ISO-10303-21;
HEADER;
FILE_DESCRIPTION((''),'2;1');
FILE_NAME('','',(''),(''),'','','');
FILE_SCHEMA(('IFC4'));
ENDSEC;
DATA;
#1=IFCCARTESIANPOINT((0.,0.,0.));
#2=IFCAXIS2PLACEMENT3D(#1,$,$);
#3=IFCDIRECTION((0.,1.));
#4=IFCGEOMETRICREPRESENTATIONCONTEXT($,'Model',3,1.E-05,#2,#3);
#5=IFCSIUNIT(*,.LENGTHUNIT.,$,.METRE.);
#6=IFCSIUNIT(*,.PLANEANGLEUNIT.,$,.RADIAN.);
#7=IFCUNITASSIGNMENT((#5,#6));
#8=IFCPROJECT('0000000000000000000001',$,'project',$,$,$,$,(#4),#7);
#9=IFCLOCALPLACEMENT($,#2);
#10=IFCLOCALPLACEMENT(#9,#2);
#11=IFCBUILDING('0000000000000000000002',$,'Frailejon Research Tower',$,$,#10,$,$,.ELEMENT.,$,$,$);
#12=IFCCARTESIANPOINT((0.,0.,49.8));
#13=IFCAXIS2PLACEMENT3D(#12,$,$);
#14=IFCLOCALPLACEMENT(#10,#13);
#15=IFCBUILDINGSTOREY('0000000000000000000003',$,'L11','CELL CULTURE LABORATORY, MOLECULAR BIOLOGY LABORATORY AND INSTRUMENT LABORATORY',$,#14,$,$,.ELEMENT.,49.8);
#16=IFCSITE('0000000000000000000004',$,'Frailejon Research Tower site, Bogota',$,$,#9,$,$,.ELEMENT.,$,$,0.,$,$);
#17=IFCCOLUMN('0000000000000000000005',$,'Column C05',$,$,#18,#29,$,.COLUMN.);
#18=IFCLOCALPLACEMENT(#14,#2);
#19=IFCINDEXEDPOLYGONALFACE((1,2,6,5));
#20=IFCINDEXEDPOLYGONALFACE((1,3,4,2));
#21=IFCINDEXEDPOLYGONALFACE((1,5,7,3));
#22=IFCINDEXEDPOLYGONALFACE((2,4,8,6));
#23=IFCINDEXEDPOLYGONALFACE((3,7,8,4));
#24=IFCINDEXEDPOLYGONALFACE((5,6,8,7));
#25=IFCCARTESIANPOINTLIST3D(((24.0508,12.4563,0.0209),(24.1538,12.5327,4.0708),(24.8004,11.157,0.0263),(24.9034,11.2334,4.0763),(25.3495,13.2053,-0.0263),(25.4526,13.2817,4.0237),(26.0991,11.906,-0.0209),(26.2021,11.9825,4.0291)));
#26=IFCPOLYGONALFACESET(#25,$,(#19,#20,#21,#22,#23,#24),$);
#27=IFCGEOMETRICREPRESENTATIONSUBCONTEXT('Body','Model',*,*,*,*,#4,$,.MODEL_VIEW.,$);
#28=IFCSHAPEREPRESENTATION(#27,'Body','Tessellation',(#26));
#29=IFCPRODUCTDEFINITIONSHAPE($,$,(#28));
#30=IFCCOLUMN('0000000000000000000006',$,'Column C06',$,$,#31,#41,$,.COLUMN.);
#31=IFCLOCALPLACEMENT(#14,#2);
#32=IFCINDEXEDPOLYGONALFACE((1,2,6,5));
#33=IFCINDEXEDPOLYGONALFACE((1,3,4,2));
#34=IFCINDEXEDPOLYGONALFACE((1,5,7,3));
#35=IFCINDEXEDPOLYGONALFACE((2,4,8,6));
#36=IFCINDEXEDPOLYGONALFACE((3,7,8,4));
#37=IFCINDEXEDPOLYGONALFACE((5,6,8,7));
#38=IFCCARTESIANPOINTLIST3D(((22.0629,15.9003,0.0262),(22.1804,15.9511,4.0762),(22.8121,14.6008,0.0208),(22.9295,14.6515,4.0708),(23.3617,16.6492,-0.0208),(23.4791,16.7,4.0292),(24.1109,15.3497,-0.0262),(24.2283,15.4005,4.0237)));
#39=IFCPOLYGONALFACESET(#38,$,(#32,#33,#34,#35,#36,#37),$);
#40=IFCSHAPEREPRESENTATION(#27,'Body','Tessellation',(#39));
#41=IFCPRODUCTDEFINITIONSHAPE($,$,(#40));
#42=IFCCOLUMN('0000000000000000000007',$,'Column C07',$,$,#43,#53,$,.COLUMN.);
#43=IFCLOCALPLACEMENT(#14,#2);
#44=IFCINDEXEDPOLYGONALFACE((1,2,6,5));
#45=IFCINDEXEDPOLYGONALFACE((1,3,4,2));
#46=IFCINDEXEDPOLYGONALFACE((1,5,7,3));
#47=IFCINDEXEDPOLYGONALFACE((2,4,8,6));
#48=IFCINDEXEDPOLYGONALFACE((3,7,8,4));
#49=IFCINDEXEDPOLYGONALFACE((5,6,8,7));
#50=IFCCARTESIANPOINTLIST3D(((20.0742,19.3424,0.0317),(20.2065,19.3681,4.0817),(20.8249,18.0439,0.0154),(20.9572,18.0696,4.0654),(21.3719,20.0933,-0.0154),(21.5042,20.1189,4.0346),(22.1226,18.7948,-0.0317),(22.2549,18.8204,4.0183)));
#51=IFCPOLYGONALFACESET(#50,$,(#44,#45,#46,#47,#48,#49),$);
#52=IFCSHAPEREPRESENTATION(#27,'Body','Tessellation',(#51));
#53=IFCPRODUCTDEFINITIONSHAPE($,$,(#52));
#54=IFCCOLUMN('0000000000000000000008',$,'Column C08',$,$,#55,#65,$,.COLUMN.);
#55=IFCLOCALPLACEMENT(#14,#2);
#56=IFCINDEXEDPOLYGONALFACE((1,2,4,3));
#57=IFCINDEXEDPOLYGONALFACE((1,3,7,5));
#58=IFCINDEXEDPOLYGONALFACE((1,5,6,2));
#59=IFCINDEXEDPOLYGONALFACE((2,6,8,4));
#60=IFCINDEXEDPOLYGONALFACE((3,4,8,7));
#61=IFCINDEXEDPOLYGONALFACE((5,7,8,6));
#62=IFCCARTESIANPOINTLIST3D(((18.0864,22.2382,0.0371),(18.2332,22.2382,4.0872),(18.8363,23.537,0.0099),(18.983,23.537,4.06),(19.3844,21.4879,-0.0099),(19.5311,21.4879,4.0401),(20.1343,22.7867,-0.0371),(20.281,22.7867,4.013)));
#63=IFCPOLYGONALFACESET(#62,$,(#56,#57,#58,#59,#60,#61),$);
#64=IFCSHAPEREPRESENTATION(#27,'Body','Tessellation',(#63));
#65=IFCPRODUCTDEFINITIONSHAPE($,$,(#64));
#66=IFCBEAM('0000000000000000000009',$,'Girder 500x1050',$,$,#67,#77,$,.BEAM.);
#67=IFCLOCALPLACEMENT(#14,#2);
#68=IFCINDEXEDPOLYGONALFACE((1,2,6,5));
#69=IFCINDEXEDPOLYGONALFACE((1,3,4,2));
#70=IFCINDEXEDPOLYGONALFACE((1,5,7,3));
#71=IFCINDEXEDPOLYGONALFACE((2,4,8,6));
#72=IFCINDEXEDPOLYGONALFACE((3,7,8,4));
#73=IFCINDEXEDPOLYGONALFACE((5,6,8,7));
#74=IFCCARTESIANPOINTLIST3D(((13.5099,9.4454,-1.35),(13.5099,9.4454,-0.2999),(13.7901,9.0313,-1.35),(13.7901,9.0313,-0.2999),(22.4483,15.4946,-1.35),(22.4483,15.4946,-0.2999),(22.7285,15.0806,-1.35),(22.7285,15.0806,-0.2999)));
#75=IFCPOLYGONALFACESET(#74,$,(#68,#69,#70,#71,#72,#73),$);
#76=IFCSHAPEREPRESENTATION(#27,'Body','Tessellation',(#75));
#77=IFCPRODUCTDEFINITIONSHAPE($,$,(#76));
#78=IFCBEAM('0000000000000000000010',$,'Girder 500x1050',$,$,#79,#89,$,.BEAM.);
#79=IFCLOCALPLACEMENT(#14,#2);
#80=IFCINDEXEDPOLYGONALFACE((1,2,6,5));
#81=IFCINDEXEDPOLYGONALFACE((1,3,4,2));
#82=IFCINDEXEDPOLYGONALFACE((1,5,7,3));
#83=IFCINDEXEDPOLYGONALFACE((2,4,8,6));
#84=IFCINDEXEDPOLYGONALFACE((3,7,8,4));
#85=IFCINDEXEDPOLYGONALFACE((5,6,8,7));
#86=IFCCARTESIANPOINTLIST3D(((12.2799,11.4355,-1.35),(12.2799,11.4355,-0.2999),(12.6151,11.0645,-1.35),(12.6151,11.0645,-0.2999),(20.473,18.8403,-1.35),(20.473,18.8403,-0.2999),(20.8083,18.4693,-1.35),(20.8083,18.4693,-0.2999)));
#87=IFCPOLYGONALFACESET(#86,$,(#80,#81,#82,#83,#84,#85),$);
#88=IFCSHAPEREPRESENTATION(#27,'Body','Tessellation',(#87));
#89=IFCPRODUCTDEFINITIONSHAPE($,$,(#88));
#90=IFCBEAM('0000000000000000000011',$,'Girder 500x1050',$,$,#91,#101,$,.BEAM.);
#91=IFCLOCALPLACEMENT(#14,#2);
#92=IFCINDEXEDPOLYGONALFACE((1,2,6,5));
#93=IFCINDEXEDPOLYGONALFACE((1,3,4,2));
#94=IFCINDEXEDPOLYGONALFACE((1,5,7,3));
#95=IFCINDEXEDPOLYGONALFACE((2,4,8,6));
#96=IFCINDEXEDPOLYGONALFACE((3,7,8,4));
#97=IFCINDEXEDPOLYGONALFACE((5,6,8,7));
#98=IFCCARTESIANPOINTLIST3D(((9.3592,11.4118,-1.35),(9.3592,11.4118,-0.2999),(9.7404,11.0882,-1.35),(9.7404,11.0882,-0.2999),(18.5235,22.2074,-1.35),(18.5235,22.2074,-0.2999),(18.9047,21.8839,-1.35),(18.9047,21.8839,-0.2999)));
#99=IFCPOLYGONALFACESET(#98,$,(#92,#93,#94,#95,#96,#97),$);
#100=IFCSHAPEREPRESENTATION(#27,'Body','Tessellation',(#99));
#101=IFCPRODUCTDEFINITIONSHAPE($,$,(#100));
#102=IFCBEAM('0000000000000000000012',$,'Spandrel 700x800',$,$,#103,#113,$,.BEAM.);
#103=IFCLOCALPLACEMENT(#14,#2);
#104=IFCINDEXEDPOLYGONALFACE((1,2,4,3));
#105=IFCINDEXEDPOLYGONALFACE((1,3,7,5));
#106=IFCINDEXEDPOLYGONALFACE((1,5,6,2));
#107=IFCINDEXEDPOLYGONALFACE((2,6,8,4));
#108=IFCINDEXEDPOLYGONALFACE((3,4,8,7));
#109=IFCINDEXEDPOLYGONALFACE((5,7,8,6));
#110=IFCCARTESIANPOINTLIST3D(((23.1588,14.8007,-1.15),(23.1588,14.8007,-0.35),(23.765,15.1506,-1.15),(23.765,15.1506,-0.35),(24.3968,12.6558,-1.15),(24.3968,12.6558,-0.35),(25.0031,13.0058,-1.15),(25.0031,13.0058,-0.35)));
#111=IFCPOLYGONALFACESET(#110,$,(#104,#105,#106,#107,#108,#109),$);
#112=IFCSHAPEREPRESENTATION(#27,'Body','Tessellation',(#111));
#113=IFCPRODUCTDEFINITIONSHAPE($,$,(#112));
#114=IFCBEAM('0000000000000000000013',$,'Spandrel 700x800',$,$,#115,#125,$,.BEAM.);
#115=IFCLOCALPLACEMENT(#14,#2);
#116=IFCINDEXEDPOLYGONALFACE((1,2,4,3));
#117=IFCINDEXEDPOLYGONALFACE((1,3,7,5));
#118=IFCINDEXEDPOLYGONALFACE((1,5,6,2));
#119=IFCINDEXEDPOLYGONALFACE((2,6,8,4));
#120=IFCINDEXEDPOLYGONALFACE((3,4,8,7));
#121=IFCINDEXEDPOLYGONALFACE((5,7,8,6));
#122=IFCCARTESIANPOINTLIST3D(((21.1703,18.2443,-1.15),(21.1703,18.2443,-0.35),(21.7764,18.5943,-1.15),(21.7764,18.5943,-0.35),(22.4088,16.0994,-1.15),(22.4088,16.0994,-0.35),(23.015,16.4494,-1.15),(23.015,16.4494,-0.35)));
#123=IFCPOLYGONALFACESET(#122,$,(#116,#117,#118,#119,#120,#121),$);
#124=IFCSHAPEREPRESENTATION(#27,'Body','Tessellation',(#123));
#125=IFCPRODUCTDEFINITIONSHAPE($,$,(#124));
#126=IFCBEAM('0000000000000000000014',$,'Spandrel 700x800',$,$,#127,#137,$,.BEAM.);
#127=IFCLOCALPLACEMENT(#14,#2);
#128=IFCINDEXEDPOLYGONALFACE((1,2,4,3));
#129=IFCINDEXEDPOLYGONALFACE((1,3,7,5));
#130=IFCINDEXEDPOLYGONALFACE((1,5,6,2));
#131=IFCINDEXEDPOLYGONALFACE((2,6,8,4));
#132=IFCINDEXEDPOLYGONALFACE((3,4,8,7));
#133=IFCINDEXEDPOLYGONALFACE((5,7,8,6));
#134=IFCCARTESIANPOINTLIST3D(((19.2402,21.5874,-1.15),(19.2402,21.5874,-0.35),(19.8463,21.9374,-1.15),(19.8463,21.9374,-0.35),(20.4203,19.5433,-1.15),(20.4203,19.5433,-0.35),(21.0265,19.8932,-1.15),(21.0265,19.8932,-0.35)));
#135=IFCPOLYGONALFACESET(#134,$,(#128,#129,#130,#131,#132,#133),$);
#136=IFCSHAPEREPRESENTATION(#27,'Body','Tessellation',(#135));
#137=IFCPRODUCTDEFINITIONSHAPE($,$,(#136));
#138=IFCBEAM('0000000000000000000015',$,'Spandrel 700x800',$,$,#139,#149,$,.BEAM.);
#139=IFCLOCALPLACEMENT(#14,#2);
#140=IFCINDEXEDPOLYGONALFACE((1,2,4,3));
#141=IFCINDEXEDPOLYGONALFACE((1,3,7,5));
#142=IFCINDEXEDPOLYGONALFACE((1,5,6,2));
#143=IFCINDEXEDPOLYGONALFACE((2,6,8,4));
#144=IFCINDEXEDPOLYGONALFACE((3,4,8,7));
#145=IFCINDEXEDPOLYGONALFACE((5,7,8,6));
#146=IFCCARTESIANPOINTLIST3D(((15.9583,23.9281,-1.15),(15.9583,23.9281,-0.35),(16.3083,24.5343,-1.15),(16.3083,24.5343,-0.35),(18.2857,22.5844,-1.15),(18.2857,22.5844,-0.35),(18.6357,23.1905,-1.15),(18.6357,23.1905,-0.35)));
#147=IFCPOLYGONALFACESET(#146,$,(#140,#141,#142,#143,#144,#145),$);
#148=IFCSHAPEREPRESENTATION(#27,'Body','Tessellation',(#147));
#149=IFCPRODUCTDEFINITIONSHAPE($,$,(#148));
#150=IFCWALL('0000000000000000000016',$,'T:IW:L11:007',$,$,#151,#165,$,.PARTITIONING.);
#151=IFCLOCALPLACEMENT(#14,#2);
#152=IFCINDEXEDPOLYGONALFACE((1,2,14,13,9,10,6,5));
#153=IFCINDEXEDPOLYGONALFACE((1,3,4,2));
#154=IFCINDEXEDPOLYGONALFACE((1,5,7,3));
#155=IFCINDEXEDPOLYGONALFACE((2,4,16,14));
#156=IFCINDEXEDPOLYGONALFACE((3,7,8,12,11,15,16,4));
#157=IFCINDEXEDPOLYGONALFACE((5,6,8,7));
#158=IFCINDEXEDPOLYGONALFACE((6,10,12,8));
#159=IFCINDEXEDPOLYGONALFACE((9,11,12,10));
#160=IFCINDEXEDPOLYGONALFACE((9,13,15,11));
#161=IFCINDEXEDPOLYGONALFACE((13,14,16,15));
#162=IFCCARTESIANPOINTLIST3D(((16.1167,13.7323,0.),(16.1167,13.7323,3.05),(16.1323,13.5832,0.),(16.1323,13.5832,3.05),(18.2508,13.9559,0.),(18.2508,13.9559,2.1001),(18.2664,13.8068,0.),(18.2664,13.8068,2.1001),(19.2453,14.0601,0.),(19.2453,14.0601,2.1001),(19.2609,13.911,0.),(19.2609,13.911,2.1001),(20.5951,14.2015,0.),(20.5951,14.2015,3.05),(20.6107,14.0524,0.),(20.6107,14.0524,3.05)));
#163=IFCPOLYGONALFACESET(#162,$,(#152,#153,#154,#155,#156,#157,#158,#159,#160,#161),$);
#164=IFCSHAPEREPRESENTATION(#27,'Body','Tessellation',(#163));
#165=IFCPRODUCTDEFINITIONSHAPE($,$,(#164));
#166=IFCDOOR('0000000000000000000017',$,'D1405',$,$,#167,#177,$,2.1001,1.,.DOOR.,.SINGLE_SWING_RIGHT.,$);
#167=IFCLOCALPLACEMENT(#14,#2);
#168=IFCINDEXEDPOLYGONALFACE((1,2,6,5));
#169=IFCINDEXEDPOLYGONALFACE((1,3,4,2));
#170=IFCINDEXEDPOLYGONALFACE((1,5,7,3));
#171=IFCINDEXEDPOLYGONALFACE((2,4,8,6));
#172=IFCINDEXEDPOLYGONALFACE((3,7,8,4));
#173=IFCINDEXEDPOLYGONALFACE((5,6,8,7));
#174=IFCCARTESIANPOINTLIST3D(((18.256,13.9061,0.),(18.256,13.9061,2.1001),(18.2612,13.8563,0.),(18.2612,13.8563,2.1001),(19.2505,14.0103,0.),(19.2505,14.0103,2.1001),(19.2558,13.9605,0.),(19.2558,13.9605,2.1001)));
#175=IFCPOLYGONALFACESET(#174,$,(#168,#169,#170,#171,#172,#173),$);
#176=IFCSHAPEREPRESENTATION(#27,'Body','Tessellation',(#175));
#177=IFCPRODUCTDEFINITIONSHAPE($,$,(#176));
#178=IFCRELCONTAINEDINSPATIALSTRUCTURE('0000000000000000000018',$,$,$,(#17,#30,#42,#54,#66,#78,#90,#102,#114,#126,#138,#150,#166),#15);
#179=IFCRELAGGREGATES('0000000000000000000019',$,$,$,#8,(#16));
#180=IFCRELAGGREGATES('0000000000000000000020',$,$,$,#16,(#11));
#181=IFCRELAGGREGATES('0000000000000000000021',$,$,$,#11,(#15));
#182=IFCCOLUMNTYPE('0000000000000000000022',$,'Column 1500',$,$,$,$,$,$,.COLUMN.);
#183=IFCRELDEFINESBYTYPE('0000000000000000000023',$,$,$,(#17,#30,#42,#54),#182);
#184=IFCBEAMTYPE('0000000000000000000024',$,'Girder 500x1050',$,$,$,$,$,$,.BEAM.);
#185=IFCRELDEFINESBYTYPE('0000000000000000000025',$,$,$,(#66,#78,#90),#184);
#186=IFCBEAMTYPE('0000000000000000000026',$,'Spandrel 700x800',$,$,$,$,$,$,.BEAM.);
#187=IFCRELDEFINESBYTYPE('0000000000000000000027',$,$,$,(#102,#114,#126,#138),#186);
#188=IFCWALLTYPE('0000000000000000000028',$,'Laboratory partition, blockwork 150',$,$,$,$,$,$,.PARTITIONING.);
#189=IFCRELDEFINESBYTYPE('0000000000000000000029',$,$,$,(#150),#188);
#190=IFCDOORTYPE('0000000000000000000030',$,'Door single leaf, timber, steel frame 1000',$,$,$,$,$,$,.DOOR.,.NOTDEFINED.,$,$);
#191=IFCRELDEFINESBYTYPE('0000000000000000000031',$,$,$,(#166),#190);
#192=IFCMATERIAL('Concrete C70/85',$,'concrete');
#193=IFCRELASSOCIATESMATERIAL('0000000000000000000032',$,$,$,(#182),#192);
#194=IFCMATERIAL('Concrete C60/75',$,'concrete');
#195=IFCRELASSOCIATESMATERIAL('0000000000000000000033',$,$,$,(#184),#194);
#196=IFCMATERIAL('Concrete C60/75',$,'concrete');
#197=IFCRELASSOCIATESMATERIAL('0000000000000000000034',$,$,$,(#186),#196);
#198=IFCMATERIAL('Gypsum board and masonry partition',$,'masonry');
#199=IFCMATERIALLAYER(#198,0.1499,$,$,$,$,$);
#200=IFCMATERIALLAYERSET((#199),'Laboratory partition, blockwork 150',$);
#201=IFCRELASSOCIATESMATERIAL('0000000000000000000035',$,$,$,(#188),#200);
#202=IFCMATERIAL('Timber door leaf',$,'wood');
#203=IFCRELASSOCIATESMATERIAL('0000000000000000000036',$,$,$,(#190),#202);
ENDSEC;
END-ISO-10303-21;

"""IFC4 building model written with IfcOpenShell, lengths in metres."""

from ifc_helpers import new_model, si_unit, direction, frame, frame_2d, origin, origin_2d, place, context, subcontext, project, spatial, rectangle, extrude, material, layer, layer_set, material_profile, profile_set, type_object, element, fill, save


model = new_model("IFC4")

# Units and contexts
model_context = context("Model", 3, precision=1e-05, world=origin(), true_north=direction((0.0, 1.0)))
body_context = subcontext(model_context, "Body", "Model", "MODEL_VIEW")
ifc_project = project(units=[si_unit("LENGTHUNIT", "METRE"), si_unit("PLANEANGLEUNIT", "RADIAN")], contexts=[model_context])

# Site, building, storey
site_placement = place(None, origin())
site = spatial("IfcSite", under=ifc_project, at=site_placement, Name="Frailejon Research Tower site, Bogota", CompositionType="ELEMENT", RefElevation=0.0)
building_placement = place(site_placement, origin())
building = spatial("IfcBuilding", under=site, at=building_placement, Name="Frailejon Research Tower", CompositionType="ELEMENT")
storey_placement = place(building_placement, frame((0.0, 0.0, 49.8)))
storey = spatial("IfcBuildingStorey", under=building, at=storey_placement, Name="L11", Description="CELL CULTURE LABORATORY, MOLECULAR BIOLOGY LABORATORY AND INSTRUMENT LABORATORY", CompositionType="ELEMENT", Elevation=49.8)

# Columns
ifc_material_1 = material(Name="Concrete C70/85", Category="concrete")
ifc_material_profile_1 = material_profile(ifc_material_1, rectangle(XDim=1.5, YDim=1.5, at=origin_2d()), Name="Column 1500")
ifc_profile_set_1 = profile_set([ifc_material_profile_1], Name="Concrete C70/85")
column_type = type_object("IfcColumnType", Name="Column 1500", PredefinedType="COLUMN", material=ifc_profile_set_1)
for number, where, z_axis, x_axis, name in (
    (1, (25.075, 12.1812, 0.0), (0.025426, 0.018858, 0.999499), (-0.49971, 0.866185, -0.003631), "Column C05"),
    (2, (23.0869, 15.625, 0.0), (0.028981, 0.012532, 0.999501), (-0.49945, 0.866335, 0.003619), "Column C06"),
):
    element("IfcColumn", number, at=place(storey_placement, frame(where, z_axis=z_axis, x_axis=x_axis)), inside=storey, type_object=column_type, Name=name, PredefinedType="COLUMN", context=body_context, shape_type="SweptSolid", body=[
        extrude(rectangle(XDim=1.5, YDim=1.5, at=origin_2d()), origin(), (0.0, 0.0, 1.0), 4.052),
    ])
column_1_placement = place(storey_placement, frame((21.0984, 19.0686, 0.0), z_axis=(0.032654, 0.006326, 0.999447), x_axis=(-0.500479, 0.865681, 0.010872)))
element("IfcColumn", 3, at=column_1_placement, inside=storey, type_object=column_type, Name="Column C07", PredefinedType="COLUMN", context=body_context, shape_type="SweptSolid", body=[
    extrude(rectangle(XDim=1.5, YDim=1.5, at=origin_2d()), origin(), (0.0, 0.0, 1.0), 4.0522),
])
column_2_placement = place(storey_placement, frame((19.1104, 22.5125, 0.0), z_axis=(0.036205, 0.0, 0.999344), x_axis=(-0.865315, 0.500246, 0.031349)))
element("IfcColumn", 4, at=column_2_placement, inside=storey, type_object=column_type, Name="Column C08", PredefinedType="COLUMN", context=body_context, shape_type="SweptSolid", body=[
    extrude(rectangle(XDim=1.5, YDim=1.5, at=origin_2d()), origin(), (0.0, 0.0, 1.0), 4.0527),
])

# Beams
ifc_material_2 = material(Name="Concrete C60/75", Category="concrete")
ifc_material_profile_2 = material_profile(ifc_material_2, rectangle(XDim=0.5, YDim=1.05, at=origin_2d()), Name="Girder 500x1050")
ifc_profile_set_2 = profile_set([ifc_material_profile_2], Name="Concrete C60/75")
beam_type_1 = type_object("IfcBeamType", Name="Girder 500x1050", PredefinedType="BEAM", material=ifc_profile_set_2)
beam_1_placement = place(storey_placement, frame((22.5884, 15.2876, -0.825), z_axis=(-0.828167, -0.560481, 0.0), x_axis=(0.560481, -0.828167, 0.0)))
element("IfcBeam", 5, at=beam_1_placement, inside=storey, type_object=beam_type_1, Name="Girder 500x1050", PredefinedType="BEAM", context=body_context, shape_type="SweptSolid", body=[
    extrude(rectangle(XDim=0.5, YDim=1.05, at=origin_2d()), origin(), (0.0, 0.0, 1.0), 10.793),
])
beam_2_placement = place(storey_placement, frame((20.6406, 18.6548, -0.825), z_axis=(-0.741898, -0.670513, 0.0), x_axis=(0.670513, -0.741898, 0.0)))
element("IfcBeam", 6, at=beam_2_placement, inside=storey, type_object=beam_type_1, Name="Girder 500x1050", PredefinedType="BEAM", context=body_context, shape_type="SweptSolid", body=[
    extrude(rectangle(XDim=0.5, YDim=1.05, at=origin_2d()), origin(), (0.0, 0.0, 1.0), 11.0435),
])
beam_3_placement = place(storey_placement, frame((18.7141, 22.0457, -0.825), z_axis=(-0.647156, -0.762357, 0.0), x_axis=(0.762357, -0.647156, 0.0)))
element("IfcBeam", 7, at=beam_3_placement, inside=storey, type_object=beam_type_1, Name="Girder 500x1050", PredefinedType="BEAM", context=body_context, shape_type="SweptSolid", body=[
    extrude(rectangle(XDim=0.5, YDim=1.05, at=origin_2d()), origin(), (0.0, 0.0, 1.0), 14.1609),
])
ifc_material_3 = material(Name="Concrete C60/75", Category="concrete")
ifc_material_profile_3 = material_profile(ifc_material_3, rectangle(XDim=0.7, YDim=0.8, at=origin_2d()), Name="Spandrel 700x800")
ifc_profile_set_3 = profile_set([ifc_material_profile_3], Name="Concrete C60/75")
beam_type_2 = type_object("IfcBeamType", Name="Spandrel 700x800", PredefinedType="BEAM", material=ifc_profile_set_3)
beam_4_placement = place(storey_placement, frame((24.7, 12.8308, -0.75), z_axis=(-0.499924, 0.866069, 0.0), x_axis=(-0.866069, -0.499924, 0.0)))
element("IfcBeam", 8, at=beam_4_placement, inside=storey, type_object=beam_type_2, Name="Spandrel 700x800", PredefinedType="BEAM", context=body_context, shape_type="SweptSolid", body=[
    extrude(rectangle(XDim=0.7, YDim=0.8, at=origin_2d()), origin(), (0.0, 0.0, 1.0), 2.4766),
])
beam_5_placement = place(storey_placement, frame((22.7119, 16.2744, -0.75), z_axis=(-0.500072, 0.865984, 0.0), x_axis=(-0.865984, -0.500072, 0.0)))
element("IfcBeam", 9, at=beam_5_placement, inside=storey, type_object=beam_type_2, Name="Spandrel 700x800", PredefinedType="BEAM", context=body_context, shape_type="SweptSolid", body=[
    extrude(rectangle(XDim=0.7, YDim=0.8, at=origin_2d()), origin(), (0.0, 0.0, 1.0), 2.4768),
])
beam_6_placement = place(storey_placement, frame((20.7234, 19.7183, -0.75), z_axis=(-0.499988, 0.866032, 0.0), x_axis=(-0.866032, -0.499988, 0.0)))
element("IfcBeam", 10, at=beam_6_placement, inside=storey, type_object=beam_type_2, Name="Spandrel 700x800", PredefinedType="BEAM", context=body_context, shape_type="SweptSolid", body=[
    extrude(rectangle(XDim=0.7, YDim=0.8, at=origin_2d()), origin(), (0.0, 0.0, 1.0), 2.3604),
])
beam_7_placement = place(storey_placement, frame((18.4607, 22.8875, -0.75), z_axis=(-0.866021, 0.500008, 0.0), x_axis=(-0.500008, -0.866021, 0.0)))
element("IfcBeam", 11, at=beam_7_placement, inside=storey, type_object=beam_type_2, Name="Spandrel 700x800", PredefinedType="BEAM", context=body_context, shape_type="SweptSolid", body=[
    extrude(rectangle(XDim=0.7, YDim=0.8, at=origin_2d()), origin(), (0.0, 0.0, 1.0), 2.6875),
])

# Wall, opening, door
ifc_material_4 = material(Name="Gypsum board and masonry partition", Category="masonry")
ifc_layer_1 = layer(ifc_material_4, 0.1499)
ifc_layer_set_1 = layer_set([ifc_layer_1], Name="Laboratory partition, blockwork 150")
wall_type_1 = type_object("IfcWallType", Name="Laboratory partition, blockwork 150", PredefinedType="PARTITIONING", material=ifc_layer_set_1)
wall_1_placement = place(storey_placement, frame((16.1245, 13.6577, 0.0), z_axis=(0.0, 0.0, 1.0), x_axis=(0.994556, 0.104205, 0.0)))
wall_1 = element("IfcWall", 12, at=wall_1_placement, inside=storey, type_object=wall_type_1, Name="T:IW:L11:007", PredefinedType="PARTITIONING", context=body_context, shape_type="SweptSolid", body=[
    extrude(rectangle(XDim=4.5029, YDim=0.1499, at=frame_2d((2.2515, 0.0))), origin(), (0.0, 0.0, 1.0), 3.05),
])
opening_1_placement = place(wall_1_placement, frame((2.1458, 0.0, 0.0)))
opening_1 = element("IfcOpeningElement", 13, at=opening_1_placement, cuts=wall_1, PredefinedType="OPENING", context=body_context, shape_type="SweptSolid", body=[
    extrude(rectangle(XDim=1.0, YDim=2.1001, at=frame_2d((0.5, 1.05))), frame((0.0, 0.085, 0.0), z_axis=(0.0, -1.0, 0.0), x_axis=(1.0, 0.0, 0.0)), (0.0, 0.0, 1.0), 0.1699),
])
ifc_material_5 = material(Name="Timber door leaf", Category="wood")
door_type = type_object("IfcDoorType", Name="Door single leaf, timber, steel frame 1000", OperationType="NOTDEFINED", PredefinedType="DOOR", material=ifc_material_5)
door_placement = place(opening_1_placement, origin())
door = element("IfcDoor", 14, at=door_placement, inside=storey, type_object=door_type, Name="D1405", OperationType="SINGLE_SWING_RIGHT", OverallHeight=2.1001, OverallWidth=1.0, PredefinedType="DOOR", context=body_context, shape_type="SweptSolid", body=[
    extrude(rectangle(XDim=1.0, YDim=2.1001, at=frame_2d((0.5, 1.05))), frame((0.0, 0.0249, 0.0), z_axis=(0.0, -1.0, 0.0), x_axis=(1.0, 0.0, 0.0)), (0.0, 0.0, 1.0), 0.05),
])
fill(opening_1, door)

save(model, "model.ifc")
